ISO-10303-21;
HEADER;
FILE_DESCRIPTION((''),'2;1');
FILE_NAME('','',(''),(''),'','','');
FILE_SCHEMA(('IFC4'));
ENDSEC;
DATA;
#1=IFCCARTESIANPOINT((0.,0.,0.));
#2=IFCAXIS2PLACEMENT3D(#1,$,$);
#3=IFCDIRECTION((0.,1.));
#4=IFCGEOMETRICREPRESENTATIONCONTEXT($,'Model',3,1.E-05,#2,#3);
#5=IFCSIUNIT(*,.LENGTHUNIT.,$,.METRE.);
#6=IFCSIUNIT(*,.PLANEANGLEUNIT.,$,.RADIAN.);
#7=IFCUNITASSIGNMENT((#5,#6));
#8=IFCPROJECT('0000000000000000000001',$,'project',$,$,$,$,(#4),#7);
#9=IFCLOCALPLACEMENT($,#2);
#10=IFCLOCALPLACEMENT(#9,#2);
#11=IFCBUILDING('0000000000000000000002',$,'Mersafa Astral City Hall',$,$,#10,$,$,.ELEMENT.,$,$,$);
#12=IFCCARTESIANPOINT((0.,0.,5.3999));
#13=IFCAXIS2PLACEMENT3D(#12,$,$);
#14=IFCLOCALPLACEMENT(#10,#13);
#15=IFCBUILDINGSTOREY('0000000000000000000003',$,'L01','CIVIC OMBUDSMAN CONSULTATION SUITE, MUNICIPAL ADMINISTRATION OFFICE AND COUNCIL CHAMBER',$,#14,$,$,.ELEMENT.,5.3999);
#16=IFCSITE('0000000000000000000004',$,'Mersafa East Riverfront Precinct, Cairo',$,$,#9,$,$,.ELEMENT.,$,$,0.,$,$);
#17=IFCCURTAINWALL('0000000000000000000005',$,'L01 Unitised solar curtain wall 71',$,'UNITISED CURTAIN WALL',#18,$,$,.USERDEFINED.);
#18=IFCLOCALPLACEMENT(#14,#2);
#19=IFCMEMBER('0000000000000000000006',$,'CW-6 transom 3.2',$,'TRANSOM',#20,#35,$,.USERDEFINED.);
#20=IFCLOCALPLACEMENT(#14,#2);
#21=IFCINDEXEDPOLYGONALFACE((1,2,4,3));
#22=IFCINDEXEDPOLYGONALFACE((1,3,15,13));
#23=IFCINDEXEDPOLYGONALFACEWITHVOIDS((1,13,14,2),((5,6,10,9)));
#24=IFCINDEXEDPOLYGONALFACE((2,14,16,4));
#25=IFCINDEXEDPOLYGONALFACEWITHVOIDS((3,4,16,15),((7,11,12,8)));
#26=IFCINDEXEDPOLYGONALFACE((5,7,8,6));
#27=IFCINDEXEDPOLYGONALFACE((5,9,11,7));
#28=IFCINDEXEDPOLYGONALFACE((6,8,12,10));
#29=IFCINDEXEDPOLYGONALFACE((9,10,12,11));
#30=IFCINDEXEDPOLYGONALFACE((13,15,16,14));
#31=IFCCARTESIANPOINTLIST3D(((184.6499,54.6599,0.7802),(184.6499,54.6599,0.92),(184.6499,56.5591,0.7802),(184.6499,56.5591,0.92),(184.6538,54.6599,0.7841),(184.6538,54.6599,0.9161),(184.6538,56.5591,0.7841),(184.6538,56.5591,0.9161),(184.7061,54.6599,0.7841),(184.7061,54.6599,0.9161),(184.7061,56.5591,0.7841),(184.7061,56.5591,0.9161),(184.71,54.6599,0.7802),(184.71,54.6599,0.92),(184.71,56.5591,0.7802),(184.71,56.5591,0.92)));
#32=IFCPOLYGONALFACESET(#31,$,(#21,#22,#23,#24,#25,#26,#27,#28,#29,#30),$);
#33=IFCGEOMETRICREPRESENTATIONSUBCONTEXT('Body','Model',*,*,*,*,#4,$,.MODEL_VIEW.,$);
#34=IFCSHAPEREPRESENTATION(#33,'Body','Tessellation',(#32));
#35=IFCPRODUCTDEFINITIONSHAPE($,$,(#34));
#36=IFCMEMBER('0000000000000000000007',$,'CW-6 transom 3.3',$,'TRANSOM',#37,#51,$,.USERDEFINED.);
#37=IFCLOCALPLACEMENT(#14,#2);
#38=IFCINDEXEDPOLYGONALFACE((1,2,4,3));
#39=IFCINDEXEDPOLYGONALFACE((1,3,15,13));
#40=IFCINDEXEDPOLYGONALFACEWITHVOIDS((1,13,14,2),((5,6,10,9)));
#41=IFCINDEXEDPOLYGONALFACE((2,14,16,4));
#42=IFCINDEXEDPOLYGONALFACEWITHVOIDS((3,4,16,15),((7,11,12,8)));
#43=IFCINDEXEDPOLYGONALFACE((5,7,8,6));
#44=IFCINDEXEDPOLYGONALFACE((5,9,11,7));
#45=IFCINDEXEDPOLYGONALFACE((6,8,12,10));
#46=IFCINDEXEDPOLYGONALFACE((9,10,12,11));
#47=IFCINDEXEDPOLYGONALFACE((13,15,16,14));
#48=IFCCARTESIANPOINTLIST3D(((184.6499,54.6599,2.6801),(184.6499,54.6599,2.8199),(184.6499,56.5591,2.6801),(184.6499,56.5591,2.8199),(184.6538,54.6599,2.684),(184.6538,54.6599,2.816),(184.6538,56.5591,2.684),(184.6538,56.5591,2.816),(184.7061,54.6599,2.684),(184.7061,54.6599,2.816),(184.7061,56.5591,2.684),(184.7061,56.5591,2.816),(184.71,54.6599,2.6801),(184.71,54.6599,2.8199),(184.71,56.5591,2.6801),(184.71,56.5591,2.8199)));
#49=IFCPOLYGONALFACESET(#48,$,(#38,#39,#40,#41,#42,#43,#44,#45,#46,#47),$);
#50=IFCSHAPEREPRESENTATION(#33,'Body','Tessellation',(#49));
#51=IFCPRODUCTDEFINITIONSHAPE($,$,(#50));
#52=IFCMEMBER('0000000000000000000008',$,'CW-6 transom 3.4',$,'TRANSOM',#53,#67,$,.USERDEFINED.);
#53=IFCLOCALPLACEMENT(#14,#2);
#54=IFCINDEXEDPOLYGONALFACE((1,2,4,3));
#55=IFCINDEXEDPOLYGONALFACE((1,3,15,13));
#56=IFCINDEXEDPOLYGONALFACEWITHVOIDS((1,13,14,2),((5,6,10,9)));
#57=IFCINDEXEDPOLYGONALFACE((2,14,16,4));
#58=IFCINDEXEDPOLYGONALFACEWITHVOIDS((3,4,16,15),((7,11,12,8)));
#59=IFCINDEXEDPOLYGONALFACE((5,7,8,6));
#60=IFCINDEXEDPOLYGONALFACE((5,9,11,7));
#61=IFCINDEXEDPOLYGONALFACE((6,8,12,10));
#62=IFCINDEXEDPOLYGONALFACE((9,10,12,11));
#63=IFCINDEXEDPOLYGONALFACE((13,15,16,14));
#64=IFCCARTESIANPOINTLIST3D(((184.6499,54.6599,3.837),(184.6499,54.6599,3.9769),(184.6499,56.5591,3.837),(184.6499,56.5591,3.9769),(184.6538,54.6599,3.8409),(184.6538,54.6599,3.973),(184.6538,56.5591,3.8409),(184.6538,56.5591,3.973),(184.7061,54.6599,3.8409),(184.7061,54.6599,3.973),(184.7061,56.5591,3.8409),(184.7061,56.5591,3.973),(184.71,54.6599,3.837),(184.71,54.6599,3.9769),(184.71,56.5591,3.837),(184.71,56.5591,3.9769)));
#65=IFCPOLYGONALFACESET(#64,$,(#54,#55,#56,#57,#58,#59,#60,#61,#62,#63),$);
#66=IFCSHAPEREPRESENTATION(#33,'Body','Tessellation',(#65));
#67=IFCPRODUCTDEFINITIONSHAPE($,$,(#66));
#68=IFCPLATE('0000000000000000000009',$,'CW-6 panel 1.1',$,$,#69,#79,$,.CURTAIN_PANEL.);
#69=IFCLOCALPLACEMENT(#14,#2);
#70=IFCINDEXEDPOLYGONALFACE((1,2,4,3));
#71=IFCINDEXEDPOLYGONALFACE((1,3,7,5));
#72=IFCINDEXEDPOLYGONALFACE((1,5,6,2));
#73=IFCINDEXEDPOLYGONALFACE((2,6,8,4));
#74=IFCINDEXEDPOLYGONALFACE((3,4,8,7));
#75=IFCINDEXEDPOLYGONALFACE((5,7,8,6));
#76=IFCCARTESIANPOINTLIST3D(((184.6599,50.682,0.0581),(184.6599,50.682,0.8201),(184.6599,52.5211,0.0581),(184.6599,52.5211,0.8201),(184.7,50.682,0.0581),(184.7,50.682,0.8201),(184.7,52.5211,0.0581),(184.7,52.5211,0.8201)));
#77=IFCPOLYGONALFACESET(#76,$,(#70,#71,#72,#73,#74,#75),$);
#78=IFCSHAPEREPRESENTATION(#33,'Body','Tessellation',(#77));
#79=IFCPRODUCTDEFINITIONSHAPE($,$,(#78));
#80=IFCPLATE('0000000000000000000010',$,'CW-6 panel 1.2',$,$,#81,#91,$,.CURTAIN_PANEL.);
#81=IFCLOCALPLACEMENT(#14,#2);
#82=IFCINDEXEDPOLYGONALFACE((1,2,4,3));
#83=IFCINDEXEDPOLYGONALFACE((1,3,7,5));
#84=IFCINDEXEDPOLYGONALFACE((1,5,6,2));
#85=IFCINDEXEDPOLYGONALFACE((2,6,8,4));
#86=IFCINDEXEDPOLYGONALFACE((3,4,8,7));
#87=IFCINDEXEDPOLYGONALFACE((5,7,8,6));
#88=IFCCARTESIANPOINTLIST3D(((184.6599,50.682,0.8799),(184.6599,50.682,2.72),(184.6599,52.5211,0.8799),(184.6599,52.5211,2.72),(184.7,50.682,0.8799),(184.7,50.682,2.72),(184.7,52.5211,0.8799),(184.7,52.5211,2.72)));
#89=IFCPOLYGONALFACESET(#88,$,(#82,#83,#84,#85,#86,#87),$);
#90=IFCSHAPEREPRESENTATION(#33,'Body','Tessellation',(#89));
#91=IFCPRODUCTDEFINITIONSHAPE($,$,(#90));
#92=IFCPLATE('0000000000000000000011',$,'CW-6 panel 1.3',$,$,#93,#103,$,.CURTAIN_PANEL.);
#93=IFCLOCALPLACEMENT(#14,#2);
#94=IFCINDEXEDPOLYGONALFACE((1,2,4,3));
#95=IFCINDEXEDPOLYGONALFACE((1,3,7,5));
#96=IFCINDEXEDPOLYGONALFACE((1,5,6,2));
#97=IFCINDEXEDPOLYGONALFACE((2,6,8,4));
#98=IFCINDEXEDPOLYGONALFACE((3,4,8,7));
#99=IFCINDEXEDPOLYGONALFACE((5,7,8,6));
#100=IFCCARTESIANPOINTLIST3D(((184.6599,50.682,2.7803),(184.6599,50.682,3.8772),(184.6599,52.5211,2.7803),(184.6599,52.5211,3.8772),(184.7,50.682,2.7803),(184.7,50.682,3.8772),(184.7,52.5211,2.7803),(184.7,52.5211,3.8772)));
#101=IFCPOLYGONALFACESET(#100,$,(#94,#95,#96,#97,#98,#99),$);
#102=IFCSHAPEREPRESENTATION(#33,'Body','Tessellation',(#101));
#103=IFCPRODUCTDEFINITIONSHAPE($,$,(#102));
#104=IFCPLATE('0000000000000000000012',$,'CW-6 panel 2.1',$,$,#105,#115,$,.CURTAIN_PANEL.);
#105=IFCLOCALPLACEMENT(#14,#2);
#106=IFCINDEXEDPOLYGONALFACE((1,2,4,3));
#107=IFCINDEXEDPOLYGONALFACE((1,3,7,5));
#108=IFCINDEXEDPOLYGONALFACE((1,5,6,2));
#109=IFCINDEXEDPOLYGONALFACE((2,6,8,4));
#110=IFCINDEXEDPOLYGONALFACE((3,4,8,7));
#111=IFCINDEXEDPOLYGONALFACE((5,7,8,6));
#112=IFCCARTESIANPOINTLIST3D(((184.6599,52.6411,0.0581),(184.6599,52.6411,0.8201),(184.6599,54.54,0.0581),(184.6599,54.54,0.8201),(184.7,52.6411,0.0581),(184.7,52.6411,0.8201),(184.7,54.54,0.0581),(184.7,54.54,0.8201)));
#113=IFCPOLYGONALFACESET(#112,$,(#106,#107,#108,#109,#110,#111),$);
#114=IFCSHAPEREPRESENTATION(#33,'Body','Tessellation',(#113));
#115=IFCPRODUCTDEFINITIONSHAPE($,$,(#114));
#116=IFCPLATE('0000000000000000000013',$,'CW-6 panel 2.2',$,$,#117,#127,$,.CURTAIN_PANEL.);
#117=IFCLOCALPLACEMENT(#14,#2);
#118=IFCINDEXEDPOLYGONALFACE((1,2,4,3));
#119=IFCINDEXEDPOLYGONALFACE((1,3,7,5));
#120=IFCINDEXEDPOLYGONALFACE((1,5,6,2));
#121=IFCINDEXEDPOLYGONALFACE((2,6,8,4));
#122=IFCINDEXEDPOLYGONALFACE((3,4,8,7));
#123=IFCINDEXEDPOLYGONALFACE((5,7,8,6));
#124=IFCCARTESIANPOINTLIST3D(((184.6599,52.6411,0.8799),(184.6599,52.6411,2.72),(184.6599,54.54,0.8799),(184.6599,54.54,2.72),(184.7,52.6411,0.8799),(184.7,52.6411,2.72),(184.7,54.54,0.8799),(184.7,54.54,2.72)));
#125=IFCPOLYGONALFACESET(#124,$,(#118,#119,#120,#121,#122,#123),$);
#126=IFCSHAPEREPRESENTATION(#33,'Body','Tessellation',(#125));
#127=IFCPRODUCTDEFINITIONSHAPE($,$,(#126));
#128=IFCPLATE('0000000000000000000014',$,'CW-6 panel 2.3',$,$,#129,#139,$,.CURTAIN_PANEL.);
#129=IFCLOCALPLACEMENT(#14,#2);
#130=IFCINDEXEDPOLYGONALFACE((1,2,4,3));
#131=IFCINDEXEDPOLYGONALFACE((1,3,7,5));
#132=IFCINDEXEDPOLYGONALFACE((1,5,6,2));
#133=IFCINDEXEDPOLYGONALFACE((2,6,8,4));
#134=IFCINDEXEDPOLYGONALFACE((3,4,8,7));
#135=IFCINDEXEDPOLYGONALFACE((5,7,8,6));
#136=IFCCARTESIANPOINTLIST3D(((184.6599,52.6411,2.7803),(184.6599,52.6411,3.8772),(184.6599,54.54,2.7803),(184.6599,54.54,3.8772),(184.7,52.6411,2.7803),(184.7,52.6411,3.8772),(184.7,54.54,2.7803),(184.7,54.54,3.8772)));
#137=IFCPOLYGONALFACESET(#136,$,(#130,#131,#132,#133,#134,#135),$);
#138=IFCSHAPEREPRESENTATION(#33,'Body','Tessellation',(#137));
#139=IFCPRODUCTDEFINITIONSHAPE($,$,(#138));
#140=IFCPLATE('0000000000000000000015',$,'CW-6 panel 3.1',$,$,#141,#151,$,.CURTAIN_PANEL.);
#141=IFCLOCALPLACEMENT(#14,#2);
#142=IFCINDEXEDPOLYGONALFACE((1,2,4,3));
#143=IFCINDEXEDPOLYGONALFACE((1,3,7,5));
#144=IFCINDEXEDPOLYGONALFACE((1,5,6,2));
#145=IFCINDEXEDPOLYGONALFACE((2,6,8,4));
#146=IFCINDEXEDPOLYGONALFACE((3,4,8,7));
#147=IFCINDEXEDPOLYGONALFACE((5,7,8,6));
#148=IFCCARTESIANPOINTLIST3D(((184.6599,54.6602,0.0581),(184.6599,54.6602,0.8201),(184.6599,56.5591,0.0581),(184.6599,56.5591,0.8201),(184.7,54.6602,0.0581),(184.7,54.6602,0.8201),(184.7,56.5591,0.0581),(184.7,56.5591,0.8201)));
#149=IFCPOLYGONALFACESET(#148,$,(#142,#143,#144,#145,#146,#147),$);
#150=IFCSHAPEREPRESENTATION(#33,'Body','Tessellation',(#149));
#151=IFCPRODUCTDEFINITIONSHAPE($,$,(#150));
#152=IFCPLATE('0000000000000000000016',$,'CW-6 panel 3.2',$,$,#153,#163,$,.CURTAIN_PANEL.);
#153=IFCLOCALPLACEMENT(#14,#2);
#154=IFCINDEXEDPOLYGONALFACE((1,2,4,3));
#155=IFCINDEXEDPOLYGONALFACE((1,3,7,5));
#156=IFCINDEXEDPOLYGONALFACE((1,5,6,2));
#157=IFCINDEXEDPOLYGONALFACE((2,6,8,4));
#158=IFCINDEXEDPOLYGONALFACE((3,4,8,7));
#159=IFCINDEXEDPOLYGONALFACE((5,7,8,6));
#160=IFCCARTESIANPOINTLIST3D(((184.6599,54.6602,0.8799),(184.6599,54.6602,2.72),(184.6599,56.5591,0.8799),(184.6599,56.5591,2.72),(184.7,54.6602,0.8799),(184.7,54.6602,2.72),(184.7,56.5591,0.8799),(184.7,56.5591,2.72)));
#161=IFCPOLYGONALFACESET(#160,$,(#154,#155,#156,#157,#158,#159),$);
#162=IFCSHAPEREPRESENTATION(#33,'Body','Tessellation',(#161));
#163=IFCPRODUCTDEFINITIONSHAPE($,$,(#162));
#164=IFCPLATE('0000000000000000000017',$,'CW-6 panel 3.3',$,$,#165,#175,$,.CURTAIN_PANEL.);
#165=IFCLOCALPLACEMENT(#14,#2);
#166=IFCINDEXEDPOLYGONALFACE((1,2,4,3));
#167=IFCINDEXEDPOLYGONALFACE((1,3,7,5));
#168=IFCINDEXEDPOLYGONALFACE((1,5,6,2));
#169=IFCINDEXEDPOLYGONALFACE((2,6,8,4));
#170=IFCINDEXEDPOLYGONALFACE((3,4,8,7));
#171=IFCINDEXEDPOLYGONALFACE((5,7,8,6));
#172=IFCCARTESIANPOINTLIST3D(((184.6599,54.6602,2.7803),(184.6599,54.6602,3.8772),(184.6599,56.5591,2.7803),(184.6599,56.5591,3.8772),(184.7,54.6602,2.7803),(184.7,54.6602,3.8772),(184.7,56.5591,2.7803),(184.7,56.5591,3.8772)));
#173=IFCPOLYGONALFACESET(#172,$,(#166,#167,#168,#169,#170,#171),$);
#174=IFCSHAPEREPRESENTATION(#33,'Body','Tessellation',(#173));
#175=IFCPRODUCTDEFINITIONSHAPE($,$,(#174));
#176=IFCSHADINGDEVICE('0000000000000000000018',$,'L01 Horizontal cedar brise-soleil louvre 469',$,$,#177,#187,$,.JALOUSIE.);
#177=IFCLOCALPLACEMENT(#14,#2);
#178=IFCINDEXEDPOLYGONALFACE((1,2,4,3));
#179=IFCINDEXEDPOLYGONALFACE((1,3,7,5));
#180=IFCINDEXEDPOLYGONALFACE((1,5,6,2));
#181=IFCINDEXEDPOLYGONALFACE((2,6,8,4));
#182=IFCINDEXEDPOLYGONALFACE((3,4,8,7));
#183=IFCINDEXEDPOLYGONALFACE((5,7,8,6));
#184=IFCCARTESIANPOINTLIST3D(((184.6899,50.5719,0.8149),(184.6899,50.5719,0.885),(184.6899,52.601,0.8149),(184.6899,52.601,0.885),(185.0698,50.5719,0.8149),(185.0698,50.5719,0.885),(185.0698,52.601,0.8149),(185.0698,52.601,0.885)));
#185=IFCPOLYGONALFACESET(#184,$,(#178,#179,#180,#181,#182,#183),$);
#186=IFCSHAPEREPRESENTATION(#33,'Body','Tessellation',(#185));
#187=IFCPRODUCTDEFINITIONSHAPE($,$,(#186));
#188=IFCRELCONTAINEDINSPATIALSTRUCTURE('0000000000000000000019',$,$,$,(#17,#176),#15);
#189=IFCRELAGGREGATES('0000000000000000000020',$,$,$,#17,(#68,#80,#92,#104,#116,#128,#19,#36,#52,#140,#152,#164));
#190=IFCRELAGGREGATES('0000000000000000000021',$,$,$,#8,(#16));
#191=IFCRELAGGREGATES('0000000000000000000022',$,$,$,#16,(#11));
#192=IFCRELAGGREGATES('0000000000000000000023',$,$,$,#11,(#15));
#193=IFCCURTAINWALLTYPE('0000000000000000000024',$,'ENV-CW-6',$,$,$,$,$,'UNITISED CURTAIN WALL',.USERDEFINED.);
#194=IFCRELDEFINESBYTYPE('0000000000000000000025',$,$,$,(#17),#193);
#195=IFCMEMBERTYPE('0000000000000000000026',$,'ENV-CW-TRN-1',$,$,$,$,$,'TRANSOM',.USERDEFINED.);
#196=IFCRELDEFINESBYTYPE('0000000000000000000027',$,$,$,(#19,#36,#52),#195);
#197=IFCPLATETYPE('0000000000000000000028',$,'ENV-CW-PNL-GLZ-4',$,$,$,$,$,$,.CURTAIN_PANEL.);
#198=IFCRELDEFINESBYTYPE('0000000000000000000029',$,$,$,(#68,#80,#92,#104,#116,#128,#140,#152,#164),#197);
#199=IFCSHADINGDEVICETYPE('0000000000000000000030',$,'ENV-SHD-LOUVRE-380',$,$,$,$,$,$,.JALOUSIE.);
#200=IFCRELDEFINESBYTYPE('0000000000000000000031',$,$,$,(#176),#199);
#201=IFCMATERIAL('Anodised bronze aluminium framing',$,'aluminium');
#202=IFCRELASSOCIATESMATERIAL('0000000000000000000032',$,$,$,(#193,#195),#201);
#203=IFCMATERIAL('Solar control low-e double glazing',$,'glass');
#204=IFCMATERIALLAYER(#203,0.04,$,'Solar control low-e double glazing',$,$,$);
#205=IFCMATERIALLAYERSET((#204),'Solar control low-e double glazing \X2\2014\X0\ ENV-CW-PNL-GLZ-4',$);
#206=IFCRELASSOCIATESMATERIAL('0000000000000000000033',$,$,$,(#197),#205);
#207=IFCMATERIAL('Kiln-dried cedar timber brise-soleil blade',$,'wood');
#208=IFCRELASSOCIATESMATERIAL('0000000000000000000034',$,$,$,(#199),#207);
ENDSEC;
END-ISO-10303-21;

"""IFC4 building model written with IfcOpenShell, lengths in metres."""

from ifc_helpers import new_model, si_unit, direction, frame, origin, origin_2d, place, context, subcontext, project, spatial, rectangle, hollow_rectangle, extrude, material, layer, layer_set, material_profile, profile_set, type_object, element, aggregate, save


model = new_model("IFC4")

# Units and contexts
model_context = context("Model", 3, precision=1e-05, world=origin(), true_north=direction((0.0, 1.0)))
body_context = subcontext(model_context, "Body", "Model", "MODEL_VIEW")
ifc_project = project(units=[si_unit("LENGTHUNIT", "METRE"), si_unit("PLANEANGLEUNIT", "RADIAN")], contexts=[model_context])

# Site, building, storey
site_placement = place(None, origin())
site = spatial("IfcSite", under=ifc_project, at=site_placement, Name="Mersafa East Riverfront Precinct, Cairo", CompositionType="ELEMENT", RefElevation=0.0)
building_placement = place(site_placement, origin())
building = spatial("IfcBuilding", under=site, at=building_placement, Name="Mersafa Astral City Hall", CompositionType="ELEMENT")
storey_placement = place(building_placement, frame((0.0, 0.0, 5.3999)))
storey = spatial("IfcBuildingStorey", under=building, at=storey_placement, Name="L01", Description="CIVIC OMBUDSMAN CONSULTATION SUITE, MUNICIPAL ADMINISTRATION OFFICE AND COUNCIL CHAMBER", CompositionType="ELEMENT", Elevation=5.3999)

# Curtain wall, members, plates
ifc_material_1 = material(Name="Anodised bronze aluminium framing", Category="aluminium")
curtain_wall_type = type_object("IfcCurtainWallType", Name="ENV-CW-6", ElementType="UNITISED CURTAIN WALL", PredefinedType="USERDEFINED", material=ifc_material_1)
curtain_wall_placement = place(storey_placement, origin())
curtain_wall = element("IfcCurtainWall", 1, at=curtain_wall_placement, inside=storey, type_object=curtain_wall_type, Name="L01 Unitised solar curtain wall 71", ObjectType="UNITISED CURTAIN WALL", PredefinedType="USERDEFINED")
ifc_material_profile_1 = material_profile(ifc_material_1, hollow_rectangle(XDim=0.0601, YDim=0.1399, WallThickness=0.0039, at=origin_2d()), Name="RHS 60x140x4")
ifc_profile_set_1 = profile_set([ifc_material_profile_1], Name="Anodised bronze aluminium framing")
member_type_1 = type_object("IfcMemberType", Name="ENV-CW-TRN-1", ElementType="TRANSOM", PredefinedType="USERDEFINED", material=ifc_profile_set_1)
member_1_placement = place(storey_placement, frame((184.6799, 54.6599, 0.8501), z_axis=(0.0, 1.0, 0.0), x_axis=(-1.0, 0.0, 0.0)))
member_1 = element("IfcMember", 2, at=member_1_placement, type_object=member_type_1, Name="CW-6 transom 3.2", ObjectType="TRANSOM", PredefinedType="USERDEFINED", context=body_context, shape_type="SweptSolid", body=[
    extrude(hollow_rectangle(XDim=0.0601, YDim=0.1399, WallThickness=0.0039, at=origin_2d()), origin(), (0.0, 0.0, 1.0), 1.8992),
])
member_2_placement = place(storey_placement, frame((184.6799, 54.6599, 2.75), z_axis=(0.0, 1.0, 0.0), x_axis=(-1.0, 0.0, 0.0)))
member_2 = element("IfcMember", 3, at=member_2_placement, type_object=member_type_1, Name="CW-6 transom 3.3", ObjectType="TRANSOM", PredefinedType="USERDEFINED", context=body_context, shape_type="SweptSolid", body=[
    extrude(hollow_rectangle(XDim=0.0601, YDim=0.1399, WallThickness=0.0039, at=origin_2d()), origin(), (0.0, 0.0, 1.0), 1.8992),
])
member_3_placement = place(storey_placement, frame((184.6799, 54.6599, 3.907), z_axis=(0.0, 1.0, 0.0), x_axis=(-1.0, 0.0, 0.0)))
member_3 = element("IfcMember", 4, at=member_3_placement, type_object=member_type_1, Name="CW-6 transom 3.4", ObjectType="TRANSOM", PredefinedType="USERDEFINED", context=body_context, shape_type="SweptSolid", body=[
    extrude(hollow_rectangle(XDim=0.0601, YDim=0.1399, WallThickness=0.0039, at=origin_2d()), origin(), (0.0, 0.0, 1.0), 1.8992),
])
ifc_material_2 = material(Name="Solar control low-e double glazing", Category="glass")
ifc_layer = layer(ifc_material_2, 0.04, Name="Solar control low-e double glazing")
ifc_layer_set = layer_set([ifc_layer], Name="Solar control low-e double glazing — ENV-CW-PNL-GLZ-4")
plate_type = type_object("IfcPlateType", Name="ENV-CW-PNL-GLZ-4", PredefinedType="CURTAIN_PANEL", material=ifc_layer_set)
plate_1_placement = place(storey_placement, frame((184.6799, 51.6016, 0.0581), z_axis=(0.0, 0.0, 1.0), x_axis=(0.0, 1.0, 0.0)))
plate_1 = element("IfcPlate", 5, at=plate_1_placement, type_object=plate_type, Name="CW-6 panel 1.1", PredefinedType="CURTAIN_PANEL", context=body_context, shape_type="SweptSolid", body=[
    extrude(rectangle(XDim=1.8391, YDim=0.04, at=origin_2d()), origin(), (0.0, 0.0, 1.0), 0.762),
])
plate_2_placement = place(storey_placement, frame((184.6799, 51.6016, 0.8799), z_axis=(0.0, 0.0, 1.0), x_axis=(0.0, 1.0, 0.0)))
plate_2 = element("IfcPlate", 6, at=plate_2_placement, type_object=plate_type, Name="CW-6 panel 1.2", PredefinedType="CURTAIN_PANEL", context=body_context, shape_type="SweptSolid", body=[
    extrude(rectangle(XDim=1.8391, YDim=0.04, at=origin_2d()), origin(), (0.0, 0.0, 1.0), 1.8401),
])
plate_3_placement = place(storey_placement, frame((184.6799, 51.6016, 2.7803), z_axis=(0.0, 0.0, 1.0), x_axis=(0.0, 1.0, 0.0)))
plate_3 = element("IfcPlate", 7, at=plate_3_placement, type_object=plate_type, Name="CW-6 panel 1.3", PredefinedType="CURTAIN_PANEL", context=body_context, shape_type="SweptSolid", body=[
    extrude(rectangle(XDim=1.8391, YDim=0.04, at=origin_2d()), origin(), (0.0, 0.0, 1.0), 1.0969),
])
plate_4_placement = place(storey_placement, frame((184.6799, 53.5906, 0.0581), z_axis=(0.0, 0.0, 1.0), x_axis=(0.0, 1.0, 0.0)))
plate_4 = element("IfcPlate", 8, at=plate_4_placement, type_object=plate_type, Name="CW-6 panel 2.1", PredefinedType="CURTAIN_PANEL", context=body_context, shape_type="SweptSolid", body=[
    extrude(rectangle(XDim=1.8989, YDim=0.04, at=origin_2d()), origin(), (0.0, 0.0, 1.0), 0.762),
])
plate_5_placement = place(storey_placement, frame((184.6799, 53.5906, 0.8799), z_axis=(0.0, 0.0, 1.0), x_axis=(0.0, 1.0, 0.0)))
plate_5 = element("IfcPlate", 9, at=plate_5_placement, type_object=plate_type, Name="CW-6 panel 2.2", PredefinedType="CURTAIN_PANEL", context=body_context, shape_type="SweptSolid", body=[
    extrude(rectangle(XDim=1.8989, YDim=0.04, at=origin_2d()), origin(), (0.0, 0.0, 1.0), 1.8401),
])
plate_6_placement = place(storey_placement, frame((184.6799, 53.5906, 2.7803), z_axis=(0.0, 0.0, 1.0), x_axis=(0.0, 1.0, 0.0)))
plate_6 = element("IfcPlate", 10, at=plate_6_placement, type_object=plate_type, Name="CW-6 panel 2.3", PredefinedType="CURTAIN_PANEL", context=body_context, shape_type="SweptSolid", body=[
    extrude(rectangle(XDim=1.8989, YDim=0.04, at=origin_2d()), origin(), (0.0, 0.0, 1.0), 1.0969),
])
plate_7_placement = place(storey_placement, frame((184.6799, 55.6096, 0.0581), z_axis=(0.0, 0.0, 1.0), x_axis=(0.0, 1.0, 0.0)))
plate_7 = element("IfcPlate", 11, at=plate_7_placement, type_object=plate_type, Name="CW-6 panel 3.1", PredefinedType="CURTAIN_PANEL", context=body_context, shape_type="SweptSolid", body=[
    extrude(rectangle(XDim=1.8989, YDim=0.04, at=origin_2d()), origin(), (0.0, 0.0, 1.0), 0.762),
])
plate_8_placement = place(storey_placement, frame((184.6799, 55.6096, 0.8799), z_axis=(0.0, 0.0, 1.0), x_axis=(0.0, 1.0, 0.0)))
plate_8 = element("IfcPlate", 12, at=plate_8_placement, type_object=plate_type, Name="CW-6 panel 3.2", PredefinedType="CURTAIN_PANEL", context=body_context, shape_type="SweptSolid", body=[
    extrude(rectangle(XDim=1.8989, YDim=0.04, at=origin_2d()), origin(), (0.0, 0.0, 1.0), 1.8401),
])
plate_9_placement = place(storey_placement, frame((184.6799, 55.6096, 2.7803), z_axis=(0.0, 0.0, 1.0), x_axis=(0.0, 1.0, 0.0)))
plate_9 = element("IfcPlate", 13, at=plate_9_placement, type_object=plate_type, Name="CW-6 panel 3.3", PredefinedType="CURTAIN_PANEL", context=body_context, shape_type="SweptSolid", body=[
    extrude(rectangle(XDim=1.8989, YDim=0.04, at=origin_2d()), origin(), (0.0, 0.0, 1.0), 1.0969),
])
aggregate(curtain_wall, [plate_1, plate_2, plate_3, plate_4, plate_5, plate_6, member_1, member_2, member_3, plate_7, plate_8, plate_9])

# Shading device
ifc_material_3 = material(Name="Kiln-dried cedar timber brise-soleil blade", Category="wood")
shading_device_type = type_object("IfcShadingDeviceType", Name="ENV-SHD-LOUVRE-380", PredefinedType="JALOUSIE", material=ifc_material_3)
shading_device_1_placement = place(storey_placement, frame((184.8799, 51.5864, 0.8149), z_axis=(0.0, 0.0, 1.0), x_axis=(0.0, 1.0, 0.0)))
element("IfcShadingDevice", 14, at=shading_device_1_placement, inside=storey, type_object=shading_device_type, Name="L01 Horizontal cedar brise-soleil louvre 469", PredefinedType="JALOUSIE", context=body_context, shape_type="SweptSolid", body=[
    extrude(rectangle(XDim=2.0291, YDim=0.3799, at=origin_2d()), origin(), (0.0, 0.0, 1.0), 0.0701),
])

save(model, "model.ifc")
